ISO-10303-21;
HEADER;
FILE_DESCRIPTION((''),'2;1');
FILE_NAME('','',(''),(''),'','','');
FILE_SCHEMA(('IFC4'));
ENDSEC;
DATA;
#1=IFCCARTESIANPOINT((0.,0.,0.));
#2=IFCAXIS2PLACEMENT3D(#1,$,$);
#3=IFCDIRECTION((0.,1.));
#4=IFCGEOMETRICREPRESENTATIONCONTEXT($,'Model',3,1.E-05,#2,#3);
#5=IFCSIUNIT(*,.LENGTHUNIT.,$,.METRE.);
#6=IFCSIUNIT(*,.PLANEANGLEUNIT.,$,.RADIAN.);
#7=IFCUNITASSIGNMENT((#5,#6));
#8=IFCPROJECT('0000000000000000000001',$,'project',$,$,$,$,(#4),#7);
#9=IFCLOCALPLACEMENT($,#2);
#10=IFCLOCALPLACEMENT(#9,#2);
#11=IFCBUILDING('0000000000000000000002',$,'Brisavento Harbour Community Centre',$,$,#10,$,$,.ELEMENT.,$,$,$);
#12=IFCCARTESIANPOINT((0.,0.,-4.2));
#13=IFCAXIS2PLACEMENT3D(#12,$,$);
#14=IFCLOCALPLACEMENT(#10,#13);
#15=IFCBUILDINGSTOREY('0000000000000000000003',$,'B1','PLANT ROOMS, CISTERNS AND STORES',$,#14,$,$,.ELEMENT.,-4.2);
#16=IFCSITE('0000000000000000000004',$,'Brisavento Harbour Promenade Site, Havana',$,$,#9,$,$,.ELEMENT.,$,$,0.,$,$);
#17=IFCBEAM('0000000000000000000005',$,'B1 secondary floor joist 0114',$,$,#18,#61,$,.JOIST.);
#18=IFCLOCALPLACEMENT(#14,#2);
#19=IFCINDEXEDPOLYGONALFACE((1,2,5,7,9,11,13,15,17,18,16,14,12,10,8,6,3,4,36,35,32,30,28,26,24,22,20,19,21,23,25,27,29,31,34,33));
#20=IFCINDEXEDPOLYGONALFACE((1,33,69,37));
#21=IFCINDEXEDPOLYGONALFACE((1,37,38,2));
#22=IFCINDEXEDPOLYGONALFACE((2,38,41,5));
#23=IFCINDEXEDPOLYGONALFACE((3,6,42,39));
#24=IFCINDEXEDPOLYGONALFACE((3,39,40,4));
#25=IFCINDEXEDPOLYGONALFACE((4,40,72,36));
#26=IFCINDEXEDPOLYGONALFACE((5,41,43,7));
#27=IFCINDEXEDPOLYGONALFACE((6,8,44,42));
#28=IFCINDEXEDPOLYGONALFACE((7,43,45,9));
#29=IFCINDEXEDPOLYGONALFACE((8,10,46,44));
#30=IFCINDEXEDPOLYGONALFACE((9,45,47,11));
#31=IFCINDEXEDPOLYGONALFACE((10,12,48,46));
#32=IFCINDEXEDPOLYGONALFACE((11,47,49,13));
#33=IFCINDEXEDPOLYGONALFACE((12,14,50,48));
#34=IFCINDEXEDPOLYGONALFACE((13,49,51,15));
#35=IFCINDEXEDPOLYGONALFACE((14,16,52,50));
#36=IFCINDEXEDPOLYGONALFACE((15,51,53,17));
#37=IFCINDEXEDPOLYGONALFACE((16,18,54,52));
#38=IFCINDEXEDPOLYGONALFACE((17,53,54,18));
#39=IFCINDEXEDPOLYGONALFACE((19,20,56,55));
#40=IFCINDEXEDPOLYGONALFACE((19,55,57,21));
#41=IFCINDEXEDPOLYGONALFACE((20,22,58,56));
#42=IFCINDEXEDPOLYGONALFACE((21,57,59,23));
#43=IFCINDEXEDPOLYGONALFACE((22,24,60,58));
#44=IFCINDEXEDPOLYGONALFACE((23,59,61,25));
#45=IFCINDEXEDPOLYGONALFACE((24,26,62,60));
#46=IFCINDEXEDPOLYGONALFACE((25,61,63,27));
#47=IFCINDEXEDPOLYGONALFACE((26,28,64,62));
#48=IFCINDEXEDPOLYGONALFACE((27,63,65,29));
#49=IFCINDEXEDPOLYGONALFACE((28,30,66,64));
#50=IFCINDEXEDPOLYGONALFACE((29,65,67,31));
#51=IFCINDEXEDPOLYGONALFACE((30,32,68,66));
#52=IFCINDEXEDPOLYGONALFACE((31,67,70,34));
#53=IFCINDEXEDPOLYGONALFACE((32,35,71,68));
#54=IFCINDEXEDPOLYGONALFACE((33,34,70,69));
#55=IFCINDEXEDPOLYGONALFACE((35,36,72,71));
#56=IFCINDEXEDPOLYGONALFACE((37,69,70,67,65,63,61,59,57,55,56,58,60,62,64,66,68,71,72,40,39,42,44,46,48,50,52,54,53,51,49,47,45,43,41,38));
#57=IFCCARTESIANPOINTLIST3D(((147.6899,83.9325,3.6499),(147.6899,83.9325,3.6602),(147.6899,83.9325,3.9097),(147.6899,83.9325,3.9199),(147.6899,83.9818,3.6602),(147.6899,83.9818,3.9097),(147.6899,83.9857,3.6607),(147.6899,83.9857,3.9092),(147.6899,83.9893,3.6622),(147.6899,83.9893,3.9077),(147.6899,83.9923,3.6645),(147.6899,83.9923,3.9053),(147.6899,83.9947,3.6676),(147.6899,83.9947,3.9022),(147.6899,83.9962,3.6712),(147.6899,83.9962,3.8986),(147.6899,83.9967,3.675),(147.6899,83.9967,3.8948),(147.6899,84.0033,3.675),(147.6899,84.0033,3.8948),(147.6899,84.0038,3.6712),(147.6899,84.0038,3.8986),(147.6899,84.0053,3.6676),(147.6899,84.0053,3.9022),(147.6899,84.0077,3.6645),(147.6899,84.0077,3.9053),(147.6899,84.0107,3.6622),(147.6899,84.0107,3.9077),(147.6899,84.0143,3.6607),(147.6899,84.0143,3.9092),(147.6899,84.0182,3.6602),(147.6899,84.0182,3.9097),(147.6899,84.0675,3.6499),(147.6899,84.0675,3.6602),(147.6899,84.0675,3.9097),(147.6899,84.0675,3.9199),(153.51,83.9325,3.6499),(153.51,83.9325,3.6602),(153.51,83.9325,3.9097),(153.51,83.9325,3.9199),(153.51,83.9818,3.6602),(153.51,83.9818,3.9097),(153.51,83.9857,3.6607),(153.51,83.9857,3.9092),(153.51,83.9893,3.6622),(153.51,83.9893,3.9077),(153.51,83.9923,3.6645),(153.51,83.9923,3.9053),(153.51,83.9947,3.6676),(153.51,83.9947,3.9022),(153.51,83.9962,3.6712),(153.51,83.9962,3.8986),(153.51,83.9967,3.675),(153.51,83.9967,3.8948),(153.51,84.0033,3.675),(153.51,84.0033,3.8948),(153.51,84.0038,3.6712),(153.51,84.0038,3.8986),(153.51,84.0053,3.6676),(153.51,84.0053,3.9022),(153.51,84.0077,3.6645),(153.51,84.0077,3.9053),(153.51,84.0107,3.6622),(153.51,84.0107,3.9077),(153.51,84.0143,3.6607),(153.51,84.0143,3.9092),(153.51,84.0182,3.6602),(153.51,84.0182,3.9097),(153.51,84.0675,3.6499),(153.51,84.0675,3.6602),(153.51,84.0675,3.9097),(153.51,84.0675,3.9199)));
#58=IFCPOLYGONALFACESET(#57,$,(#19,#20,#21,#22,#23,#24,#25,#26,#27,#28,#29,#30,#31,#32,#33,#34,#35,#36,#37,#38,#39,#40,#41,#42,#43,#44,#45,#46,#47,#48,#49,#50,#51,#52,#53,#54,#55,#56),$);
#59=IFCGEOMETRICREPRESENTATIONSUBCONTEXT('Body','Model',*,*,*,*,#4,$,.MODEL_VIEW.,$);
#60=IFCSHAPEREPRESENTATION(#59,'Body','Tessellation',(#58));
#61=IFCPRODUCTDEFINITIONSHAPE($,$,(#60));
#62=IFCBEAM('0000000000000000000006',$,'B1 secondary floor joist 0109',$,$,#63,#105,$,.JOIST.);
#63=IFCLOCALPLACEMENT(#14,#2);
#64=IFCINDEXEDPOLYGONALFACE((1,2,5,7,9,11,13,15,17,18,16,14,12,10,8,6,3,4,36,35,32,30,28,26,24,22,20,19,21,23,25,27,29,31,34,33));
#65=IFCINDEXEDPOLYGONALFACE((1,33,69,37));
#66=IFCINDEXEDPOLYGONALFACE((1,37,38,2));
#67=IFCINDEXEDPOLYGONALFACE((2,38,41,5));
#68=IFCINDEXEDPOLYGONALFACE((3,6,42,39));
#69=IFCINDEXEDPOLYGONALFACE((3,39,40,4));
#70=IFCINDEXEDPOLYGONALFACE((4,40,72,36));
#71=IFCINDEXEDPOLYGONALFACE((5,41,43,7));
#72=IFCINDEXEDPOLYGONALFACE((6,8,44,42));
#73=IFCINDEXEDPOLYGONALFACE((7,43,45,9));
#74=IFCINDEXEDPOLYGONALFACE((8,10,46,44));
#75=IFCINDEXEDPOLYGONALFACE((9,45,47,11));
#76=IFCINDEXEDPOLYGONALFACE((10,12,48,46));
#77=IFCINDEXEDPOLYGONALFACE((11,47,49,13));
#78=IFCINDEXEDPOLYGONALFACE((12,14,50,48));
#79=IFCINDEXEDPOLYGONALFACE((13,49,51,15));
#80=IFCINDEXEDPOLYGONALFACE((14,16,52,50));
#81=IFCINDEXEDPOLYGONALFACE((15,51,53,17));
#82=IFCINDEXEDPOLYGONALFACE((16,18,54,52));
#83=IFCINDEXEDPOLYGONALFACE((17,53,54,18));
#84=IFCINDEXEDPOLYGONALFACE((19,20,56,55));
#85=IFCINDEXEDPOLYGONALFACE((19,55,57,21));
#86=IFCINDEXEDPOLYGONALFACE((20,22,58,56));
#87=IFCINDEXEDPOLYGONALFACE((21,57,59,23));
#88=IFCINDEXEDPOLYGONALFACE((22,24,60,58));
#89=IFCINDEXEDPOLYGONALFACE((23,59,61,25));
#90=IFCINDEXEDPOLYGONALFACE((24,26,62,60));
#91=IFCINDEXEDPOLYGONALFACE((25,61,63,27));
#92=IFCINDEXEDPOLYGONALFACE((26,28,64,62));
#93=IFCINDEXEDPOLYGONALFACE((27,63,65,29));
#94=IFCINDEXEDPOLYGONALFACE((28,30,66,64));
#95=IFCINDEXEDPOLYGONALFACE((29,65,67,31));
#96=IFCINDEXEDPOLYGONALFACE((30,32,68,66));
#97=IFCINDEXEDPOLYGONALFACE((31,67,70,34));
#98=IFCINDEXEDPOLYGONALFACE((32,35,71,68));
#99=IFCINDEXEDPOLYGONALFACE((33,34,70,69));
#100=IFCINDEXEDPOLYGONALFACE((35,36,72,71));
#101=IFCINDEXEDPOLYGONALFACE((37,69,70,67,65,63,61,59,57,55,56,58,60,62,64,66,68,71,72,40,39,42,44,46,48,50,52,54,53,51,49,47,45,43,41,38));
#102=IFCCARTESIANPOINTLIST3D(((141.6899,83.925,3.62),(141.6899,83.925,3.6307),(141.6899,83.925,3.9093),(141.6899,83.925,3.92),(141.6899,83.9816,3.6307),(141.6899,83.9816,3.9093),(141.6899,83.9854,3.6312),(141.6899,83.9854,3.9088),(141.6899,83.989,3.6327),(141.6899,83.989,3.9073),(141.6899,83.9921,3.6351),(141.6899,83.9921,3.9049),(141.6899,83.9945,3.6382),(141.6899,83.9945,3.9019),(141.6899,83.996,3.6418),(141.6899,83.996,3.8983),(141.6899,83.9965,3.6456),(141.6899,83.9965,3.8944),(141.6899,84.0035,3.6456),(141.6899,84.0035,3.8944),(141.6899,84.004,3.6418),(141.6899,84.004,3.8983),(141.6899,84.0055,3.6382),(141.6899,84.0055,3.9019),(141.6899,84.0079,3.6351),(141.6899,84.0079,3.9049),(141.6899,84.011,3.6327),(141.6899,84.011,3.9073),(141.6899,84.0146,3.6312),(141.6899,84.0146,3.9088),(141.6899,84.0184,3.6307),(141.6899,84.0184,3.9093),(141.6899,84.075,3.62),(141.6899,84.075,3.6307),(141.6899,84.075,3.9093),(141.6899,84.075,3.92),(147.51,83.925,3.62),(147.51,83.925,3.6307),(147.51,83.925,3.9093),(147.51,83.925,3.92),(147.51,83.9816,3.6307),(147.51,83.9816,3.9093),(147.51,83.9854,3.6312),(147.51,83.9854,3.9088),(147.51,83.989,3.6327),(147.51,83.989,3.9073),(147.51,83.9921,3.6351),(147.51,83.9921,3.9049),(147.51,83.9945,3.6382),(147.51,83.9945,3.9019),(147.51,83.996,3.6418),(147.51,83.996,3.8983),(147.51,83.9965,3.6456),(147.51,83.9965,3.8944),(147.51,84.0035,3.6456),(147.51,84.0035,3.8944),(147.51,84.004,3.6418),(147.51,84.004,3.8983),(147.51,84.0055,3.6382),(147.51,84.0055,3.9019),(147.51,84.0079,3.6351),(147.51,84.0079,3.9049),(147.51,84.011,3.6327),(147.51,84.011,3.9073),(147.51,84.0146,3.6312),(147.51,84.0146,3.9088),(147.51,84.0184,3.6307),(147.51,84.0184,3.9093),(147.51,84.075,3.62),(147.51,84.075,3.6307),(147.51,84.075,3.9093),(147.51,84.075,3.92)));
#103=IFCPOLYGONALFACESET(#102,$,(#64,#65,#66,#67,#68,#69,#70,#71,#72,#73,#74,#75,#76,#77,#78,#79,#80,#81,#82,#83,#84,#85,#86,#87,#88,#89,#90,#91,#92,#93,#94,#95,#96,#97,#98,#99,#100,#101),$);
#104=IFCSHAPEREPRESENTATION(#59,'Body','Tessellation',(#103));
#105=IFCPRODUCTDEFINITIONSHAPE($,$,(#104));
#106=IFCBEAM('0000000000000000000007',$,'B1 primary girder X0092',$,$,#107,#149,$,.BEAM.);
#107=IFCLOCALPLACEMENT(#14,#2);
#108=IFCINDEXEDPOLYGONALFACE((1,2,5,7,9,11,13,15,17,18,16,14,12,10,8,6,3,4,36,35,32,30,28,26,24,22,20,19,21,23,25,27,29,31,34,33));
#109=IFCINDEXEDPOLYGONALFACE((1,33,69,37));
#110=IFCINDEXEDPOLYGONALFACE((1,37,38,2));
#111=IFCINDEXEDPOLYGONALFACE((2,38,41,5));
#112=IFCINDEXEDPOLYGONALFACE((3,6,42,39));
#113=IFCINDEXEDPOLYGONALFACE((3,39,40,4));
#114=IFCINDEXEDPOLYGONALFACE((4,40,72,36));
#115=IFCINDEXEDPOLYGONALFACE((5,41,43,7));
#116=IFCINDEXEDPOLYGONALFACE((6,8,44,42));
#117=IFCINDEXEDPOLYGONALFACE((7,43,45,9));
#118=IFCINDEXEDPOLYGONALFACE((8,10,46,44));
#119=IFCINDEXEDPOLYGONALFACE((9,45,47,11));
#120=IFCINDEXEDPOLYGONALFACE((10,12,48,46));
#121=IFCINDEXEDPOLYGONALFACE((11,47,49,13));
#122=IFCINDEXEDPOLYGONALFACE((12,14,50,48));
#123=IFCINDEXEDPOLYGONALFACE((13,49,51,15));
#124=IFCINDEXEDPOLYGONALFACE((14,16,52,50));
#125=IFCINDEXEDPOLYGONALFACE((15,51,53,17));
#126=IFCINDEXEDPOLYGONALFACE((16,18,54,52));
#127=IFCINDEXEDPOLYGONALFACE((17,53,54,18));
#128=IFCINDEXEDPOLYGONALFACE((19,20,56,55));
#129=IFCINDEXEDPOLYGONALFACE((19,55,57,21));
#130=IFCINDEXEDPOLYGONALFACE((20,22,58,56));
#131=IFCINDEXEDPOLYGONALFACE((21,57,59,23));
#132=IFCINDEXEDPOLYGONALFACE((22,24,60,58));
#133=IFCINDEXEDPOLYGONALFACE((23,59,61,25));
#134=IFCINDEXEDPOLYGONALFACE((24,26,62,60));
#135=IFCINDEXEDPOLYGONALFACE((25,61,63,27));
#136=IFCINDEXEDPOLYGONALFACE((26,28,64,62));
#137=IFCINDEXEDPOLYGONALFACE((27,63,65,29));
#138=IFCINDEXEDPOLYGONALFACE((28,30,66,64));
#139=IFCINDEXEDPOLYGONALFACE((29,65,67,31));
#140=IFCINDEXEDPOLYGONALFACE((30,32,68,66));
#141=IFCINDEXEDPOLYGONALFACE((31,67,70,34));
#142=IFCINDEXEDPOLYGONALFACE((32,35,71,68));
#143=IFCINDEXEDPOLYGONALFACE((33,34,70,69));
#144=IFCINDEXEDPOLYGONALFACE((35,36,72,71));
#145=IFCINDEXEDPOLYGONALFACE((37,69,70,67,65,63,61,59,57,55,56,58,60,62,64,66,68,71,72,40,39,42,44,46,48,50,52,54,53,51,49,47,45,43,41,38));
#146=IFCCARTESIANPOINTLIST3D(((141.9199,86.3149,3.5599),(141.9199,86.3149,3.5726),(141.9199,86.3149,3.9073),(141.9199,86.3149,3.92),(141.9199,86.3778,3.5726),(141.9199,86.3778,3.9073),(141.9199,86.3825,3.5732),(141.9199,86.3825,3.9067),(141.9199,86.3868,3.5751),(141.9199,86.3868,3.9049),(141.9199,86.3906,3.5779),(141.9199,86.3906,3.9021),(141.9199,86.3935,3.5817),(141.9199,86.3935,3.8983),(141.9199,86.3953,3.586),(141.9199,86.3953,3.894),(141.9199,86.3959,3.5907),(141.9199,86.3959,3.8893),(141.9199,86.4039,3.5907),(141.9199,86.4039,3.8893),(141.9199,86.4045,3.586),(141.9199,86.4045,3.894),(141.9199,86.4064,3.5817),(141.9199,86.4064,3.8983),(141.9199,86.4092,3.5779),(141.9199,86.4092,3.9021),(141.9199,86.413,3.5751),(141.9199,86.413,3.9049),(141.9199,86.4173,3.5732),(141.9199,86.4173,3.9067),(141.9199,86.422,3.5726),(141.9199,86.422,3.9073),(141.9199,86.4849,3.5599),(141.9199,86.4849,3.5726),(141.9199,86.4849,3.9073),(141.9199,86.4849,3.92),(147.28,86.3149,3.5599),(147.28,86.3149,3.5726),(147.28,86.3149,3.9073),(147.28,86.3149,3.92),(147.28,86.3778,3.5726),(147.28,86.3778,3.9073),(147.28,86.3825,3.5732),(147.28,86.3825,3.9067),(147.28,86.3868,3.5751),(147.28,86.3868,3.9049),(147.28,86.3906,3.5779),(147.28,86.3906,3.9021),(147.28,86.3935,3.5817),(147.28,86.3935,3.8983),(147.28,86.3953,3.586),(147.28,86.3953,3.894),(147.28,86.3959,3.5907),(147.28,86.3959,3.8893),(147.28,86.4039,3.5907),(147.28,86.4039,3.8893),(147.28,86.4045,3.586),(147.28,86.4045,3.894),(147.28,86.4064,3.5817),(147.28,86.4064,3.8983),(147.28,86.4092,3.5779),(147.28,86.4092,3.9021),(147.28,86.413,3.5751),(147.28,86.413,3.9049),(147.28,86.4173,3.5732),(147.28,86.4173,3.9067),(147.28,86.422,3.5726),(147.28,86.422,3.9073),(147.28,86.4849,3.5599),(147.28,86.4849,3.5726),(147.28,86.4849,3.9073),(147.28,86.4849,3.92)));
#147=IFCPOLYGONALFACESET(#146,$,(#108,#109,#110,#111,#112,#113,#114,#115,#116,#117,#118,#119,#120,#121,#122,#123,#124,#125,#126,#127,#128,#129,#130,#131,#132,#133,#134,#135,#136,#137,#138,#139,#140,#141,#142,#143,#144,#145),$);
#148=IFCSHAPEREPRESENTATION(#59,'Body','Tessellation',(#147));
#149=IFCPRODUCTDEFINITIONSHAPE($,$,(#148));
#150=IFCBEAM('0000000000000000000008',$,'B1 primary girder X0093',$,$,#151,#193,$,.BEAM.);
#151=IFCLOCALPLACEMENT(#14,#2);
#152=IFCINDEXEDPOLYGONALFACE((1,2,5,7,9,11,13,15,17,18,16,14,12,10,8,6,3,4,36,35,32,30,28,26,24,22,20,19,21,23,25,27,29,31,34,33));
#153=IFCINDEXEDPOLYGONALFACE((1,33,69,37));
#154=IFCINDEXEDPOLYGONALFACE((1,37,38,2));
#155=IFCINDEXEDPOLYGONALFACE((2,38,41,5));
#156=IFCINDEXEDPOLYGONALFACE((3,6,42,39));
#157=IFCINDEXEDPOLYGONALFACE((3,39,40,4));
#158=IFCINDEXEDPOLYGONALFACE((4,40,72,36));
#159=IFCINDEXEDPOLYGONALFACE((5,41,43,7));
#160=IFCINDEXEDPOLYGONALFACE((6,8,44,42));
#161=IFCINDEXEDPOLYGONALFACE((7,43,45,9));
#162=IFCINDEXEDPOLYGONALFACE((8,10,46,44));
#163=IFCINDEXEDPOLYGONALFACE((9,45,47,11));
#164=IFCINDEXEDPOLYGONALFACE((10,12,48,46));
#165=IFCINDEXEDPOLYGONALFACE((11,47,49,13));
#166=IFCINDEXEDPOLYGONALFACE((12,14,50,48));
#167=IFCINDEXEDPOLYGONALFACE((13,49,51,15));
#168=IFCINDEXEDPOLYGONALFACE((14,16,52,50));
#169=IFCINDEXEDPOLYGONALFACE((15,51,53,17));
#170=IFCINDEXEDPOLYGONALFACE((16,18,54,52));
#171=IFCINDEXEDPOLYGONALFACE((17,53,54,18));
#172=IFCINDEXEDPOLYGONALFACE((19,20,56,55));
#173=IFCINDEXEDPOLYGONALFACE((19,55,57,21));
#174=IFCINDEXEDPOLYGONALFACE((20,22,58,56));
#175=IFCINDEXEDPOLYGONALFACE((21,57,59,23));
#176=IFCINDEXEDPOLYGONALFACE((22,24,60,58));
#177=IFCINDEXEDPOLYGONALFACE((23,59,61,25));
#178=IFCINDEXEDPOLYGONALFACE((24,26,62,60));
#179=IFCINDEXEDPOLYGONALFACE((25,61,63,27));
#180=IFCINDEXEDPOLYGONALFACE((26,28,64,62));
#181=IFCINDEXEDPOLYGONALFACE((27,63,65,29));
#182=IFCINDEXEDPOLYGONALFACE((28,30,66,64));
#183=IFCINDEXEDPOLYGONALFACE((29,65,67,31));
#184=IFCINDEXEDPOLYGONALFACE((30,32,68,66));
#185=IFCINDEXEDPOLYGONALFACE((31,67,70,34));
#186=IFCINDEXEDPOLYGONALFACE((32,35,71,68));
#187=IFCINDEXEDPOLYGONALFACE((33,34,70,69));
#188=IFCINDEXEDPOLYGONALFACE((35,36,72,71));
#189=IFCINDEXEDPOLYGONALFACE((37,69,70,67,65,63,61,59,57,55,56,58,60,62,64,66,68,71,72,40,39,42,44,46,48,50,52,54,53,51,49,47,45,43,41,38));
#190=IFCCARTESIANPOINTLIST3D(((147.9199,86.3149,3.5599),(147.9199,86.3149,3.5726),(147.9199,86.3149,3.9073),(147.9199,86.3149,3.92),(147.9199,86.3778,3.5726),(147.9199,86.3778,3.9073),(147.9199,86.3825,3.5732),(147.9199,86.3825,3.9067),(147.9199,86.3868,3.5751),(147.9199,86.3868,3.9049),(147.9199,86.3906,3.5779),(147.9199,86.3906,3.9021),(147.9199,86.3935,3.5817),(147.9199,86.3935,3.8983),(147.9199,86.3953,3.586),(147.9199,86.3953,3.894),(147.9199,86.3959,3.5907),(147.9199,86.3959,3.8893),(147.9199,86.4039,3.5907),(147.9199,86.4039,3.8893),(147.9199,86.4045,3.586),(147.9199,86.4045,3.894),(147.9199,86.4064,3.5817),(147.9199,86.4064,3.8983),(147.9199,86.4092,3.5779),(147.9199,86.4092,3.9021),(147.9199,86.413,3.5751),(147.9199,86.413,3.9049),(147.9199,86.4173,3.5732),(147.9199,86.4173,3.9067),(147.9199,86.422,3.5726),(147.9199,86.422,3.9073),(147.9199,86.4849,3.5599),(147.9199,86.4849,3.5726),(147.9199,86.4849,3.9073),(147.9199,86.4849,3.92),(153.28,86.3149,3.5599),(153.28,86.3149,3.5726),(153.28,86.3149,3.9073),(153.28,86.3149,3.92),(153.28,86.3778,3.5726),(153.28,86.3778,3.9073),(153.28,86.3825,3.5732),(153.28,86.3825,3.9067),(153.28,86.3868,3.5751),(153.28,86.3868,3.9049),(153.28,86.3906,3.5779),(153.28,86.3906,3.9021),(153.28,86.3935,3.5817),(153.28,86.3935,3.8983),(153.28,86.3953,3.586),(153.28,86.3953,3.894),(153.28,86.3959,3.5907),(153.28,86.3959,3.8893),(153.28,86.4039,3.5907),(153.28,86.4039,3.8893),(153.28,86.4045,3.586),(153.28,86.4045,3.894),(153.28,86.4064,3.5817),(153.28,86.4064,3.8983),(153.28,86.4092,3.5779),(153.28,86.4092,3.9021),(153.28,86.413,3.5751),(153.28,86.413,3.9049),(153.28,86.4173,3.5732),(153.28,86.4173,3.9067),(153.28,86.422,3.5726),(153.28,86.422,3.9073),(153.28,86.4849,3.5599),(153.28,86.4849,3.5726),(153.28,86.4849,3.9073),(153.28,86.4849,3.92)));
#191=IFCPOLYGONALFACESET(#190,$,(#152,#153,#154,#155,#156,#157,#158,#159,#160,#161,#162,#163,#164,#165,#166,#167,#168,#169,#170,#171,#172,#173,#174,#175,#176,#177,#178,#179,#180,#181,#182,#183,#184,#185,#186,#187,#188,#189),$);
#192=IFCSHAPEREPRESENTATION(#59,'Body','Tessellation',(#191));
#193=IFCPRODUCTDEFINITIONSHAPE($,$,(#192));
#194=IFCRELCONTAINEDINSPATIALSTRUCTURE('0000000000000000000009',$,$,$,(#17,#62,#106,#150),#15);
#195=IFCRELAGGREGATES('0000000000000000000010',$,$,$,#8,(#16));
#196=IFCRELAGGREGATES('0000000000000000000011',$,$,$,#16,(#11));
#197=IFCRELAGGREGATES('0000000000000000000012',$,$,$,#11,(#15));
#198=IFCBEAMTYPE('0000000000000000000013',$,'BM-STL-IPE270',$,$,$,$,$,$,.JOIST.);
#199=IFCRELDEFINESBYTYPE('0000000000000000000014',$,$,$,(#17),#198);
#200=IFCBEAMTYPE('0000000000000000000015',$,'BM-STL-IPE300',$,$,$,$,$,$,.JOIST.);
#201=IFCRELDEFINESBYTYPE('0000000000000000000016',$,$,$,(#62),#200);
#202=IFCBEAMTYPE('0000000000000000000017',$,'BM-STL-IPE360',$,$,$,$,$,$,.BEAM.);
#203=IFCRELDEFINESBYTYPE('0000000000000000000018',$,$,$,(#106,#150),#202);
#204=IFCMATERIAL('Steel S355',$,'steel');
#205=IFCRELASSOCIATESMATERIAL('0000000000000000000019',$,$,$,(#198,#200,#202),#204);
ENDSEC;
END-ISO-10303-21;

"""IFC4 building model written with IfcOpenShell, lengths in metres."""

from ifc_helpers import new_model, si_unit, direction, frame, origin, origin_2d, place, context, subcontext, project, spatial, i_section, extrude, material, material_profile, profile_set, type_object, element, save


model = new_model("IFC4")

# Units and contexts
model_context = context("Model", 3, precision=1e-05, world=origin(), true_north=direction((0.0, 1.0)))
body_context = subcontext(model_context, "Body", "Model", "MODEL_VIEW")
ifc_project = project(units=[si_unit("LENGTHUNIT", "METRE"), si_unit("PLANEANGLEUNIT", "RADIAN")], contexts=[model_context])

# Site, building, storey
site_placement = place(None, origin())
site = spatial("IfcSite", under=ifc_project, at=site_placement, Name="Brisavento Harbour Promenade Site, Havana", CompositionType="ELEMENT", RefElevation=0.0)
building_placement = place(site_placement, origin())
building = spatial("IfcBuilding", under=site, at=building_placement, Name="Brisavento Harbour Community Centre", CompositionType="ELEMENT")
storey_placement = place(building_placement, frame((0.0, 0.0, -4.2)))
storey = spatial("IfcBuildingStorey", under=building, at=storey_placement, Name="B1", Description="PLANT ROOMS, CISTERNS AND STORES", CompositionType="ELEMENT", Elevation=-4.2)

# Beams
ifc_material_1 = material(Name="Steel S355", Category="steel")
ifc_material_profile_1 = material_profile(ifc_material_1, i_section(OverallWidth=0.135, OverallDepth=0.27, WebThickness=0.0066, FlangeThickness=0.0103, FilletRadius=0.0149, at=origin_2d()), Name="Steel S355")
ifc_profile_set_1 = profile_set([ifc_material_profile_1], Name="Steel S355")
beam_type_1 = type_object("IfcBeamType", Name="BM-STL-IPE270", PredefinedType="JOIST", material=ifc_profile_set_1)
beam_1_placement = place(storey_placement, frame((147.6899, 84.0, 3.7849), z_axis=(1.0, 0.0, 0.0), x_axis=(0.0, 1.0, 0.0)))
element("IfcBeam", 1, at=beam_1_placement, inside=storey, type_object=beam_type_1, Name="B1 secondary floor joist 0114", PredefinedType="JOIST", context=body_context, shape_type="SweptSolid", body=[
    extrude(i_section(OverallWidth=0.135, OverallDepth=0.27, WebThickness=0.0066, FlangeThickness=0.0103, FilletRadius=0.0149, at=origin_2d()), origin(), (0.0, 0.0, 1.0), 5.8201),
])
ifc_material_profile_2 = material_profile(ifc_material_1, i_section(OverallWidth=0.1499, OverallDepth=0.3, WebThickness=0.0071, FlangeThickness=0.0107, FilletRadius=0.0149, at=origin_2d()), Name="Steel S355")
ifc_profile_set_2 = profile_set([ifc_material_profile_2], Name="Steel S355")
beam_type_2 = type_object("IfcBeamType", Name="BM-STL-IPE300", PredefinedType="JOIST", material=ifc_profile_set_2)
beam_2_placement = place(storey_placement, frame((141.6899, 84.0, 3.77), z_axis=(1.0, 0.0, 0.0), x_axis=(0.0, 1.0, 0.0)))
element("IfcBeam", 2, at=beam_2_placement, inside=storey, type_object=beam_type_2, Name="B1 secondary floor joist 0109", PredefinedType="JOIST", context=body_context, shape_type="SweptSolid", body=[
    extrude(i_section(OverallWidth=0.1499, OverallDepth=0.3, WebThickness=0.0071, FlangeThickness=0.0107, FilletRadius=0.0149, at=origin_2d()), origin(), (0.0, 0.0, 1.0), 5.8201),
])
ifc_material_profile_3 = material_profile(ifc_material_1, i_section(OverallWidth=0.1699, OverallDepth=0.3601, WebThickness=0.0081, FlangeThickness=0.0127, FilletRadius=0.0181, at=origin_2d()), Name="Steel S355")
ifc_profile_set_3 = profile_set([ifc_material_profile_3], Name="Steel S355")
beam_type_3 = type_object("IfcBeamType", Name="BM-STL-IPE360", PredefinedType="BEAM", material=ifc_profile_set_3)
for number, where, z_axis, x_axis, name in (
    (3, (141.9199, 86.3999, 3.74), (1.0, 0.0, 0.0), (0.0, 1.0, 0.0), "B1 primary girder X0092"),
    (4, (147.9199, 86.3999, 3.74), (1.0, 0.0, 0.0), (0.0, 1.0, 0.0), "B1 primary girder X0093"),
):
    element("IfcBeam", number, at=place(storey_placement, frame(where, z_axis=z_axis, x_axis=x_axis)), inside=storey, type_object=beam_type_3, Name=name, PredefinedType="BEAM", context=body_context, shape_type="SweptSolid", body=[
        extrude(i_section(OverallWidth=0.1699, OverallDepth=0.3601, WebThickness=0.0081, FlangeThickness=0.0127, FilletRadius=0.0181, at=origin_2d()), origin(), (0.0, 0.0, 1.0), 5.3601),
    ])

save(model, "model.ifc")
